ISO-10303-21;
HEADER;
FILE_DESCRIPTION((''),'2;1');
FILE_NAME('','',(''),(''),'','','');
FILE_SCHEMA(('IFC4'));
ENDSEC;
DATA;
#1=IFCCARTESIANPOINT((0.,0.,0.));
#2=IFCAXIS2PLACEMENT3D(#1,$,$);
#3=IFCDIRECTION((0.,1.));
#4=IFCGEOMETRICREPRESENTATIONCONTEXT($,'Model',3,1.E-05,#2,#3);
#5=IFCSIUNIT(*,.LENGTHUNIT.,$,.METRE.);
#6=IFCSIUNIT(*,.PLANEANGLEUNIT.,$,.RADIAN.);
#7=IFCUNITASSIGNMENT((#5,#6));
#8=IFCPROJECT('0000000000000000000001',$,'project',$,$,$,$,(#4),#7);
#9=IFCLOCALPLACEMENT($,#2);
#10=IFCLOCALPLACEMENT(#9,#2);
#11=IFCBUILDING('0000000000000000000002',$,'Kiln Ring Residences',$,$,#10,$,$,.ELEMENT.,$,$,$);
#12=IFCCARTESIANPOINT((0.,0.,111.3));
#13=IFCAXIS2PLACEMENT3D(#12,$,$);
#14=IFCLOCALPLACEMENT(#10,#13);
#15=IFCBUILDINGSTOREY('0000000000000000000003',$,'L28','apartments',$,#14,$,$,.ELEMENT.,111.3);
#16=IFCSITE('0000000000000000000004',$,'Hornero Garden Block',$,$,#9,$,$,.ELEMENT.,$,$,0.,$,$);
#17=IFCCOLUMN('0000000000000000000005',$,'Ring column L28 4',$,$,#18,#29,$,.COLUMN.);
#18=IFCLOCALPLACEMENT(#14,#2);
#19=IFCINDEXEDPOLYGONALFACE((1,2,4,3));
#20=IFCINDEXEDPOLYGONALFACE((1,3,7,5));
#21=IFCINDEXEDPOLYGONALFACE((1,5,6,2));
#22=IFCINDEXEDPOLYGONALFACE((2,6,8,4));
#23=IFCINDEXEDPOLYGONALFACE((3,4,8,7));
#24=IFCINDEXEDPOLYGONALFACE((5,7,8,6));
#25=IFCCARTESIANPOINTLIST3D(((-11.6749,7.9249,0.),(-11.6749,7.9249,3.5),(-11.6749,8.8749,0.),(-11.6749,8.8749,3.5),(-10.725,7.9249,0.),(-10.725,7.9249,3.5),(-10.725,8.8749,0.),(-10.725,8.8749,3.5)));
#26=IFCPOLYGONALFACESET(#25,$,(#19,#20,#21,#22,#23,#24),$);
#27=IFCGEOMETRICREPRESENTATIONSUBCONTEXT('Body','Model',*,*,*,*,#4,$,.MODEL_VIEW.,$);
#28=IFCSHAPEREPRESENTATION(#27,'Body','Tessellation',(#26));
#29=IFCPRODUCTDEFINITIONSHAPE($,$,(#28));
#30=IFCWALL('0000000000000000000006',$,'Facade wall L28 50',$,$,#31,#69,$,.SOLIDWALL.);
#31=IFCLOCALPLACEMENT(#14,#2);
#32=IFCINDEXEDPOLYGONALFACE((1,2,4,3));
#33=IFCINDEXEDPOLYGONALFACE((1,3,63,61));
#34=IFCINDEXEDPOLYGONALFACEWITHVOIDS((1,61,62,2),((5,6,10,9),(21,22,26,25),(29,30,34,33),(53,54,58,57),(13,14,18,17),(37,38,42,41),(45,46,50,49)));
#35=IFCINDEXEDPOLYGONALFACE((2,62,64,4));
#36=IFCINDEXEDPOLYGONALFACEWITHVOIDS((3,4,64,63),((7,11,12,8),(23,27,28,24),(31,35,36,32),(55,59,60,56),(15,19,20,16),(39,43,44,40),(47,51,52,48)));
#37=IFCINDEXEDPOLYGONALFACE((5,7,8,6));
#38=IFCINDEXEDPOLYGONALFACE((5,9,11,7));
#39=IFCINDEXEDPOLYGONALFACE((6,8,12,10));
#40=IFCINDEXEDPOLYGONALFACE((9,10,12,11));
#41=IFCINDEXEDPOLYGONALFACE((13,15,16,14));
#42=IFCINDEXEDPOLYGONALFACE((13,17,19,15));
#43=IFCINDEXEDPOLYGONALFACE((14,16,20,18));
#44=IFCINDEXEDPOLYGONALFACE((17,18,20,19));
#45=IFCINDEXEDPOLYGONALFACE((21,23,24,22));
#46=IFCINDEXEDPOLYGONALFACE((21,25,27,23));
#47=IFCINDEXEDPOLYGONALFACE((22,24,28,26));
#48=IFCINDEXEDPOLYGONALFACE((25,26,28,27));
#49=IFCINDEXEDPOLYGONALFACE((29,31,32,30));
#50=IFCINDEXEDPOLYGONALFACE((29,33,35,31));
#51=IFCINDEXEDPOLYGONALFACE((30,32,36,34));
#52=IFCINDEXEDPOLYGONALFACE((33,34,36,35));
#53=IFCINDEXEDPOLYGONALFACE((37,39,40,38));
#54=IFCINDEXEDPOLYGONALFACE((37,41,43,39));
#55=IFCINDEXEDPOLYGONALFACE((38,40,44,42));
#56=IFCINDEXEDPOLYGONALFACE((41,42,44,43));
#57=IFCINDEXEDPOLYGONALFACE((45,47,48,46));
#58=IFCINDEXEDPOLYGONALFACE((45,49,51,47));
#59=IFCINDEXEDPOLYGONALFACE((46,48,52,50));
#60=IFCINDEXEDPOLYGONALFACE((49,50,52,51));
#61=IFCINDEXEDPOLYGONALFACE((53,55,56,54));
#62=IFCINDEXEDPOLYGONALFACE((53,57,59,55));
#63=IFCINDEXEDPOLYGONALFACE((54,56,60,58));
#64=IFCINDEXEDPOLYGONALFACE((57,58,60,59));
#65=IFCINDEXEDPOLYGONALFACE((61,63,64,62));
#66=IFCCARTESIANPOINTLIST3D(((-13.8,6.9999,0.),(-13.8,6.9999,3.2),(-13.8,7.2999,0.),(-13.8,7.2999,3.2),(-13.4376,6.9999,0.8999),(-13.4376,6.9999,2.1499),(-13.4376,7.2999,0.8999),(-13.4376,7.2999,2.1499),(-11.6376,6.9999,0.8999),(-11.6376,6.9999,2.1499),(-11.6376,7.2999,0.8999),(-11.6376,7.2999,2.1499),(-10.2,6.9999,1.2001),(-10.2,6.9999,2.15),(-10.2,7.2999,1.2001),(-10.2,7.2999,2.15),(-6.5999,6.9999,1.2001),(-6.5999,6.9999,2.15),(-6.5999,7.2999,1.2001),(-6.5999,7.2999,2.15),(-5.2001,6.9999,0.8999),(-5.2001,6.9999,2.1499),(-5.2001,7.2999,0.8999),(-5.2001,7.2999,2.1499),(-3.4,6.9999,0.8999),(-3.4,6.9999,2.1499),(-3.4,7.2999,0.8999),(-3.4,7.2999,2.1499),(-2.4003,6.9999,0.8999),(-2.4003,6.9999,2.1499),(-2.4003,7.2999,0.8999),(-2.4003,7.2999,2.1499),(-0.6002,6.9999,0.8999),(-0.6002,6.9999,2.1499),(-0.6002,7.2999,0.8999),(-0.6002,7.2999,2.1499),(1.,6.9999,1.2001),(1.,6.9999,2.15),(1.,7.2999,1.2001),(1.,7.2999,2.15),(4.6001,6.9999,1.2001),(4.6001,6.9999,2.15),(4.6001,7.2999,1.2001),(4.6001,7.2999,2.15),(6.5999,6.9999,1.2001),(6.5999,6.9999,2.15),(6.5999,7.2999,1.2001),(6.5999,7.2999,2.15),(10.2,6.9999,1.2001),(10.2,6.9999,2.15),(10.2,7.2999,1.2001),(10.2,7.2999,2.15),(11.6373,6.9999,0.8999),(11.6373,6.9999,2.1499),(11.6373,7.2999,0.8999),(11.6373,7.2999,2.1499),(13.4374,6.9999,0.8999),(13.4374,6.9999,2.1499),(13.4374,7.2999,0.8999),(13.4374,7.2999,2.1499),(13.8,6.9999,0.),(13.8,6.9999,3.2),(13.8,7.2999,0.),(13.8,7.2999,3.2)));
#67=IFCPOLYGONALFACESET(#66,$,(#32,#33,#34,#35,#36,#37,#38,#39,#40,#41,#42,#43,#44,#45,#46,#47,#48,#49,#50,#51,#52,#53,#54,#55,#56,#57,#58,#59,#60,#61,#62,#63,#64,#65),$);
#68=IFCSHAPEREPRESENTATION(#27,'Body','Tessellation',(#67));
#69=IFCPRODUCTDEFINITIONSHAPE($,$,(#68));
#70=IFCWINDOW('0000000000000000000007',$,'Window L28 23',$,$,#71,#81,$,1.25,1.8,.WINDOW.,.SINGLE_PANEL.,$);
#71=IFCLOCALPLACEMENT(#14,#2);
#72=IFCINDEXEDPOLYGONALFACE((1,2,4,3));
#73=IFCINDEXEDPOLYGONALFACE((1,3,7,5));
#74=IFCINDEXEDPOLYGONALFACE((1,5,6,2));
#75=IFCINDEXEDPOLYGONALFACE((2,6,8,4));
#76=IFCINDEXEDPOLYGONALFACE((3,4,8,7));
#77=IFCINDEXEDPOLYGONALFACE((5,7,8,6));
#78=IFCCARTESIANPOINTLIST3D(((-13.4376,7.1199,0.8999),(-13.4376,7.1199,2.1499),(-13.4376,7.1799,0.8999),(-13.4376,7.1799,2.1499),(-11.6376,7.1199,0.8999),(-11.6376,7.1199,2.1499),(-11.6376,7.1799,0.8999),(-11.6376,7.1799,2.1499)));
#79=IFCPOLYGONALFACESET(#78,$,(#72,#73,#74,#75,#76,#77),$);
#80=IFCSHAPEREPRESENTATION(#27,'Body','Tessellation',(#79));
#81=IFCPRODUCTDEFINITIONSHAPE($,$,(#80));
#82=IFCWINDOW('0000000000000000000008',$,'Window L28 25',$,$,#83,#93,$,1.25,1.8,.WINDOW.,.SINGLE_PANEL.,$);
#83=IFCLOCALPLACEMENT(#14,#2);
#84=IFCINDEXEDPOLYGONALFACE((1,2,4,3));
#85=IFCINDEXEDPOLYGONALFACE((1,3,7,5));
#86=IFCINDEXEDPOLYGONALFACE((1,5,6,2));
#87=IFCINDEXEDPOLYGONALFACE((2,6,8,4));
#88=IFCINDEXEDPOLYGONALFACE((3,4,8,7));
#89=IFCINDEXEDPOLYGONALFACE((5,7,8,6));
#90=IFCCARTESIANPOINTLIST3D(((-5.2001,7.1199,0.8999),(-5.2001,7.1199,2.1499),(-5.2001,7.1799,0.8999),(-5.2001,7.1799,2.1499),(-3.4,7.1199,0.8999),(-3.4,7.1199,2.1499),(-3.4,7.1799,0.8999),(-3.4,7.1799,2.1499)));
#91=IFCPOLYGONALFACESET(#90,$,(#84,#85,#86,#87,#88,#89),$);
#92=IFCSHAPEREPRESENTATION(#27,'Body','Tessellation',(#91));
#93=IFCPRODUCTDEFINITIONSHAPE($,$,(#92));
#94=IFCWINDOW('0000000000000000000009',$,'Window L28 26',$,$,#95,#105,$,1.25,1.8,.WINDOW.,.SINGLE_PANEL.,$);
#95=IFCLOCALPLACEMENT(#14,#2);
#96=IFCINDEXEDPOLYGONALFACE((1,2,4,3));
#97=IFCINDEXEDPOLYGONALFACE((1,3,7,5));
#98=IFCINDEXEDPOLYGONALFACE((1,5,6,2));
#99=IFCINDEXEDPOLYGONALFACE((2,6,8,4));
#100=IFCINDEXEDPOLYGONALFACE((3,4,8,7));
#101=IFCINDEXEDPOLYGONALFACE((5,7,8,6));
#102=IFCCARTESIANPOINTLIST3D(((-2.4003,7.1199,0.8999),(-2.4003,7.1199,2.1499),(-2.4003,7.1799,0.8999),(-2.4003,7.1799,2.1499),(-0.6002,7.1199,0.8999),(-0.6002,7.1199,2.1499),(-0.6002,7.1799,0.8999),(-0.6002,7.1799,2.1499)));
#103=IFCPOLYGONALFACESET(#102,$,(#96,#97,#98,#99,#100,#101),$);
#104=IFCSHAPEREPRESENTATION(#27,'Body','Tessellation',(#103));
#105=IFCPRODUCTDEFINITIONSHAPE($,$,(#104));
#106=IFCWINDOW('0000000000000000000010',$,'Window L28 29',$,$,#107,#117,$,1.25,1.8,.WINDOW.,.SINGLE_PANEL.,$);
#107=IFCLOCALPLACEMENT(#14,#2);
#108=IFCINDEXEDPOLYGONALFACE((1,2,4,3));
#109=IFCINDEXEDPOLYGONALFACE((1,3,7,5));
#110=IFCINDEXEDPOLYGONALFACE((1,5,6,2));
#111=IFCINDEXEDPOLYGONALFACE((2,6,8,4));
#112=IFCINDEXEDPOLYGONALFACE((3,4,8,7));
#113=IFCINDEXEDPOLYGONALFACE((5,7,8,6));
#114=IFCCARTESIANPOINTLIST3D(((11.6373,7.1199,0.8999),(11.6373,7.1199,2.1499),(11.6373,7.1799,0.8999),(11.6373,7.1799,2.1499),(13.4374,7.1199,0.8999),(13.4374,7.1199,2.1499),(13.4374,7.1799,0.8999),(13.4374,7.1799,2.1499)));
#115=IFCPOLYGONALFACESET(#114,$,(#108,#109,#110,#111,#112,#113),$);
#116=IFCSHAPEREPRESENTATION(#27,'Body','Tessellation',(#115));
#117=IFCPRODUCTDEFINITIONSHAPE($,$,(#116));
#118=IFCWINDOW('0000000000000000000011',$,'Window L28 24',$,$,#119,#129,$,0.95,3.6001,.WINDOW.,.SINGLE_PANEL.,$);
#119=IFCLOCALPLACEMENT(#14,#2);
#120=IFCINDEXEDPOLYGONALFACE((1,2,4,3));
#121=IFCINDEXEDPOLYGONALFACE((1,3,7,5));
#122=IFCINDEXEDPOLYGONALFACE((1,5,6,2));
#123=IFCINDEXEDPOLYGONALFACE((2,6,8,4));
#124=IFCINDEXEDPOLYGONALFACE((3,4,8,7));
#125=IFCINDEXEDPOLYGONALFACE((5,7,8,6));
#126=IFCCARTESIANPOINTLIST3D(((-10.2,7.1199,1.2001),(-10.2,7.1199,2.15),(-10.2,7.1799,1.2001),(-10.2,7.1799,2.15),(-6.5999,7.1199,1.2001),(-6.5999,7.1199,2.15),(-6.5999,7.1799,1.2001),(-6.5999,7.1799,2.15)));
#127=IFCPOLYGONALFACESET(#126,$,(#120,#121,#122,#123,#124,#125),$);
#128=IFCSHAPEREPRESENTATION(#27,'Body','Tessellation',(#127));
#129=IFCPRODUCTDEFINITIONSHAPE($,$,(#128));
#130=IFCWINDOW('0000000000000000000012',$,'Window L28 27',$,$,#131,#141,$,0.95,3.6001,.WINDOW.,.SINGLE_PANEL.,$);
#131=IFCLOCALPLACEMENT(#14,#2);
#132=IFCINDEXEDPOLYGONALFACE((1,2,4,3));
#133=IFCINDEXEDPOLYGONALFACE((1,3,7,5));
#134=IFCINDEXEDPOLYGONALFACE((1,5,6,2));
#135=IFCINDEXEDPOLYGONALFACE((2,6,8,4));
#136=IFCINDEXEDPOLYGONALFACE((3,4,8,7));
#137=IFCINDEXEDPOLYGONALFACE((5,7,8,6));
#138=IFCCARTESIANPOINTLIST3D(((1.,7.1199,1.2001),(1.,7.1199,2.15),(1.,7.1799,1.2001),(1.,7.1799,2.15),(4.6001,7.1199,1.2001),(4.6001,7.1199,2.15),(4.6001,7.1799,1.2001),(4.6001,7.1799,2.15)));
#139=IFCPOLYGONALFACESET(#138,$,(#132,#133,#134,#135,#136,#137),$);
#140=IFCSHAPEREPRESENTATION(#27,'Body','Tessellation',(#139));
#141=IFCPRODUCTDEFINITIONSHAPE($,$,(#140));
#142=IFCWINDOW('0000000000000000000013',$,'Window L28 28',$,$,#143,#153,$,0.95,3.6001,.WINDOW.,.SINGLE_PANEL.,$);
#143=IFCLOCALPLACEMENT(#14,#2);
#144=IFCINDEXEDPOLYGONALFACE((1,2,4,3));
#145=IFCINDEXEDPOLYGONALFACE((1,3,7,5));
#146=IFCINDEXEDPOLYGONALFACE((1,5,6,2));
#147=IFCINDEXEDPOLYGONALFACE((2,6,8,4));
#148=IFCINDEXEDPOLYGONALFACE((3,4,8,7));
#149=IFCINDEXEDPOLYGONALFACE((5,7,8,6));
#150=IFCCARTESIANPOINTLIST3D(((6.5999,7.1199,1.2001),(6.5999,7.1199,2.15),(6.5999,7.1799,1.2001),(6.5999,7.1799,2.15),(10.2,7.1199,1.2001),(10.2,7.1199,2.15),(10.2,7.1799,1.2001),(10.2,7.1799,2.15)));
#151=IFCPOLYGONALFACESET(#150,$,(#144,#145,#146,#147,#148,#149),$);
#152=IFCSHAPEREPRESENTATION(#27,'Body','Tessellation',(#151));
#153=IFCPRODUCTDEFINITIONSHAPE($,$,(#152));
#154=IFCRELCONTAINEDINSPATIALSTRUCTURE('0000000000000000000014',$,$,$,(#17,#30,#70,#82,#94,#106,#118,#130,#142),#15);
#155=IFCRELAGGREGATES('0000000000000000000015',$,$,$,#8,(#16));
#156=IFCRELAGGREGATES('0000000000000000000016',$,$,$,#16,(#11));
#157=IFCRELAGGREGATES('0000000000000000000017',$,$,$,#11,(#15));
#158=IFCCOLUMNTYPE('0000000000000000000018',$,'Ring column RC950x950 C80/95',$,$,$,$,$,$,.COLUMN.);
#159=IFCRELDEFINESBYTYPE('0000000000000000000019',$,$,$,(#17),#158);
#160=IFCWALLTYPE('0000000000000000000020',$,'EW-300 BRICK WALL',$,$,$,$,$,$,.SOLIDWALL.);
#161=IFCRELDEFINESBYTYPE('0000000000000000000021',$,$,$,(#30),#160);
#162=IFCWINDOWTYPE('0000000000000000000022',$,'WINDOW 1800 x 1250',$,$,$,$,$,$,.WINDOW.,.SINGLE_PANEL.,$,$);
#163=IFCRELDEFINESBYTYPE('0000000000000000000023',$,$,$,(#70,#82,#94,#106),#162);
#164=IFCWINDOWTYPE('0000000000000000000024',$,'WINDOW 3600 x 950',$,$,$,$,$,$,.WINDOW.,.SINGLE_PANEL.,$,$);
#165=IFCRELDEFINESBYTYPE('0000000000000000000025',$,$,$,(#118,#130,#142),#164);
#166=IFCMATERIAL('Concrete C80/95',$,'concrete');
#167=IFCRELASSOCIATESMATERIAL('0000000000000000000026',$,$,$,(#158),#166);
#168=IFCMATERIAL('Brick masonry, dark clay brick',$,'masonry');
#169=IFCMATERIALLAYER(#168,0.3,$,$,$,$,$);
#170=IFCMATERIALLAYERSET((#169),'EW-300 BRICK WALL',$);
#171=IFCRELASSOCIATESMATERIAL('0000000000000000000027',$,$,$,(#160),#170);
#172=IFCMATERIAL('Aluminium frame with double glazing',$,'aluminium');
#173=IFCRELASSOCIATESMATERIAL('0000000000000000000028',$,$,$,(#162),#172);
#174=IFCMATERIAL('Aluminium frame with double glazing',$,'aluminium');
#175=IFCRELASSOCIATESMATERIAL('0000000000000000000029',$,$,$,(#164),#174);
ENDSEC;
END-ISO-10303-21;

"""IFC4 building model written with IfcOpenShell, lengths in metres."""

from ifc_helpers import new_model, si_unit, direction, frame, frame_2d, origin, origin_2d, place, context, subcontext, project, spatial, rectangle, extrude, material, layer, layer_set, material_profile, profile_set, type_object, element, fill, save


model = new_model("IFC4")

# Units and contexts
model_context = context("Model", 3, precision=1e-05, world=origin(), true_north=direction((0.0, 1.0)))
body_context = subcontext(model_context, "Body", "Model", "MODEL_VIEW")
ifc_project = project(units=[si_unit("LENGTHUNIT", "METRE"), si_unit("PLANEANGLEUNIT", "RADIAN")], contexts=[model_context])

# Site, building, storey
site_placement = place(None, origin())
site = spatial("IfcSite", under=ifc_project, at=site_placement, Name="Hornero Garden Block", CompositionType="ELEMENT", RefElevation=0.0)
building_placement = place(site_placement, origin())
building = spatial("IfcBuilding", under=site, at=building_placement, Name="Kiln Ring Residences", CompositionType="ELEMENT")
storey_placement = place(building_placement, frame((0.0, 0.0, 111.3)))
storey = spatial("IfcBuildingStorey", under=building, at=storey_placement, Name="L28", Description="apartments", CompositionType="ELEMENT", Elevation=111.3)

# Column
ifc_material_1 = material(Name="Concrete C80/95", Category="concrete")
ifc_material_profile = material_profile(ifc_material_1, rectangle(XDim=0.95, YDim=0.95, at=origin_2d()), Name="RC950x950")
ifc_profile_set = profile_set([ifc_material_profile], Name="Concrete C80/95")
column_type = type_object("IfcColumnType", Name="Ring column RC950x950 C80/95", PredefinedType="COLUMN", material=ifc_profile_set)
column_placement = place(storey_placement, frame((-11.2, 8.3999, 0.0), z_axis=(0.0, 0.0, 1.0), x_axis=(1.0, 0.0, 0.0)))
element("IfcColumn", 1, at=column_placement, inside=storey, type_object=column_type, Name="Ring column L28 4", PredefinedType="COLUMN", context=body_context, shape_type="SweptSolid", body=[
    extrude(rectangle(XDim=0.95, YDim=0.95, at=origin_2d()), origin(), (0.0, 0.0, 1.0), 3.5),
])

# Wall, openings, windows
ifc_material_2 = material(Name="Brick masonry, dark clay brick", Category="masonry")
ifc_layer_1 = layer(ifc_material_2, 0.3)
ifc_layer_set_1 = layer_set([ifc_layer_1], Name="EW-300 BRICK WALL")
wall_type_1 = type_object("IfcWallType", Name="EW-300 BRICK WALL", PredefinedType="SOLIDWALL", material=ifc_layer_set_1)
wall_1_placement = place(storey_placement, frame((-13.8, 7.1499, 0.0), z_axis=(0.0, 0.0, 1.0), x_axis=(1.0, 0.0, 0.0)))
wall_1 = element("IfcWall", 2, at=wall_1_placement, inside=storey, type_object=wall_type_1, Name="Facade wall L28 50", PredefinedType="SOLIDWALL", context=body_context, shape_type="SweptSolid", body=[
    extrude(rectangle(XDim=27.6001, YDim=0.3, at=frame_2d((13.8, 0.0))), origin(), (0.0, 0.0, 1.0), 3.2),
])
opening_1_placement = place(wall_1_placement, frame((0.3625, 0.0, 0.8999)))
opening_1 = element("IfcOpeningElement", 3, at=opening_1_placement, cuts=wall_1, PredefinedType="OPENING", context=body_context, shape_type="SweptSolid", body=[
    extrude(rectangle(XDim=1.8, YDim=1.25, at=frame_2d((0.8999, 0.625))), frame((0.0, 0.1599, 0.0), z_axis=(0.0, -1.0, 0.0), x_axis=(1.0, 0.0, 0.0)), (0.0, 0.0, 1.0), 0.3201),
])
opening_2_placement = place(wall_1_placement, frame((3.6001, 0.0, 1.2)))
opening_2 = element("IfcOpeningElement", 4, at=opening_2_placement, cuts=wall_1, PredefinedType="OPENING", context=body_context, shape_type="SweptSolid", body=[
    extrude(rectangle(XDim=3.6001, YDim=0.95, at=frame_2d((1.8, 0.4751))), frame((0.0, 0.1599, 0.0), z_axis=(0.0, -1.0, 0.0), x_axis=(1.0, 0.0, 0.0)), (0.0, 0.0, 1.0), 0.3201),
])
opening_3_placement = place(wall_1_placement, frame((8.6001, 0.0, 0.8999)))
opening_3 = element("IfcOpeningElement", 5, at=opening_3_placement, cuts=wall_1, PredefinedType="OPENING", context=body_context, shape_type="SweptSolid", body=[
    extrude(rectangle(XDim=1.8, YDim=1.25, at=frame_2d((0.8999, 0.625))), frame((0.0, 0.1599, 0.0), z_axis=(0.0, -1.0, 0.0), x_axis=(1.0, 0.0, 0.0)), (0.0, 0.0, 1.0), 0.3201),
])
opening_4_placement = place(wall_1_placement, frame((11.3999, 0.0, 0.8999)))
opening_4 = element("IfcOpeningElement", 6, at=opening_4_placement, cuts=wall_1, PredefinedType="OPENING", context=body_context, shape_type="SweptSolid", body=[
    extrude(rectangle(XDim=1.8, YDim=1.25, at=frame_2d((0.8999, 0.625))), frame((0.0, 0.1599, 0.0), z_axis=(0.0, -1.0, 0.0), x_axis=(1.0, 0.0, 0.0)), (0.0, 0.0, 1.0), 0.3201),
])
opening_5_placement = place(wall_1_placement, frame((14.8, 0.0, 1.2)))
opening_5 = element("IfcOpeningElement", 7, at=opening_5_placement, cuts=wall_1, PredefinedType="OPENING", context=body_context, shape_type="SweptSolid", body=[
    extrude(rectangle(XDim=3.6001, YDim=0.95, at=frame_2d((1.8, 0.4751))), frame((0.0, 0.1599, 0.0), z_axis=(0.0, -1.0, 0.0), x_axis=(1.0, 0.0, 0.0)), (0.0, 0.0, 1.0), 0.3201),
])
opening_6_placement = place(wall_1_placement, frame((20.3999, 0.0, 1.2)))
opening_6 = element("IfcOpeningElement", 8, at=opening_6_placement, cuts=wall_1, PredefinedType="OPENING", context=body_context, shape_type="SweptSolid", body=[
    extrude(rectangle(XDim=3.6001, YDim=0.95, at=frame_2d((1.8, 0.4751))), frame((0.0, 0.1599, 0.0), z_axis=(0.0, -1.0, 0.0), x_axis=(1.0, 0.0, 0.0)), (0.0, 0.0, 1.0), 0.3201),
])
opening_7_placement = place(wall_1_placement, frame((25.4375, 0.0, 0.8999)))
opening_7 = element("IfcOpeningElement", 9, at=opening_7_placement, cuts=wall_1, PredefinedType="OPENING", context=body_context, shape_type="SweptSolid", body=[
    extrude(rectangle(XDim=1.8, YDim=1.25, at=frame_2d((0.8999, 0.625))), frame((0.0, 0.1599, 0.0), z_axis=(0.0, -1.0, 0.0), x_axis=(1.0, 0.0, 0.0)), (0.0, 0.0, 1.0), 0.3201),
])
ifc_material_3 = material(Name="Aluminium frame with double glazing", Category="aluminium")
window_type_1 = type_object("IfcWindowType", Name="WINDOW 1800 x 1250", PartitioningType="SINGLE_PANEL", PredefinedType="WINDOW", material=ifc_material_3)
window_1_placement = place(opening_1_placement, origin())
window_1 = element("IfcWindow", 10, at=window_1_placement, inside=storey, type_object=window_type_1, Name="Window L28 23", OverallHeight=1.25, OverallWidth=1.8, PartitioningType="SINGLE_PANEL", PredefinedType="WINDOW", context=body_context, shape_type="SweptSolid", body=[
    extrude(rectangle(XDim=1.8, YDim=1.25, at=frame_2d((0.8999, 0.625))), frame((0.0, 0.03, 0.0), z_axis=(0.0, -1.0, 0.0), x_axis=(1.0, 0.0, 0.0)), (0.0, 0.0, 1.0), 0.0601),
])
fill(opening_1, window_1)
window_2_placement = place(opening_3_placement, origin())
window_2 = element("IfcWindow", 11, at=window_2_placement, inside=storey, type_object=window_type_1, Name="Window L28 25", OverallHeight=1.25, OverallWidth=1.8, PartitioningType="SINGLE_PANEL", PredefinedType="WINDOW", context=body_context, shape_type="SweptSolid", body=[
    extrude(rectangle(XDim=1.8, YDim=1.25, at=frame_2d((0.8999, 0.625))), frame((0.0, 0.03, 0.0), z_axis=(0.0, -1.0, 0.0), x_axis=(1.0, 0.0, 0.0)), (0.0, 0.0, 1.0), 0.0601),
])
fill(opening_3, window_2)
window_3_placement = place(opening_4_placement, origin())
window_3 = element("IfcWindow", 12, at=window_3_placement, inside=storey, type_object=window_type_1, Name="Window L28 26", OverallHeight=1.25, OverallWidth=1.8, PartitioningType="SINGLE_PANEL", PredefinedType="WINDOW", context=body_context, shape_type="SweptSolid", body=[
    extrude(rectangle(XDim=1.8, YDim=1.25, at=frame_2d((0.8999, 0.625))), frame((0.0, 0.03, 0.0), z_axis=(0.0, -1.0, 0.0), x_axis=(1.0, 0.0, 0.0)), (0.0, 0.0, 1.0), 0.0601),
])
fill(opening_4, window_3)
window_4_placement = place(opening_7_placement, origin())
window_4 = element("IfcWindow", 13, at=window_4_placement, inside=storey, type_object=window_type_1, Name="Window L28 29", OverallHeight=1.25, OverallWidth=1.8, PartitioningType="SINGLE_PANEL", PredefinedType="WINDOW", context=body_context, shape_type="SweptSolid", body=[
    extrude(rectangle(XDim=1.8, YDim=1.25, at=frame_2d((0.8999, 0.625))), frame((0.0, 0.03, 0.0), z_axis=(0.0, -1.0, 0.0), x_axis=(1.0, 0.0, 0.0)), (0.0, 0.0, 1.0), 0.0601),
])
fill(opening_7, window_4)
ifc_material_4 = material(Name="Aluminium frame with double glazing", Category="aluminium")
window_type_2 = type_object("IfcWindowType", Name="WINDOW 3600 x 950", PartitioningType="SINGLE_PANEL", PredefinedType="WINDOW", material=ifc_material_4)
window_5_placement = place(opening_2_placement, origin())
window_5 = element("IfcWindow", 14, at=window_5_placement, inside=storey, type_object=window_type_2, Name="Window L28 24", OverallHeight=0.95, OverallWidth=3.6001, PartitioningType="SINGLE_PANEL", PredefinedType="WINDOW", context=body_context, shape_type="SweptSolid", body=[
    extrude(rectangle(XDim=3.6001, YDim=0.95, at=frame_2d((1.8, 0.4751))), frame((0.0, 0.03, 0.0), z_axis=(0.0, -1.0, 0.0), x_axis=(1.0, 0.0, 0.0)), (0.0, 0.0, 1.0), 0.0601),
])
fill(opening_2, window_5)
window_6_placement = place(opening_5_placement, origin())
window_6 = element("IfcWindow", 15, at=window_6_placement, inside=storey, type_object=window_type_2, Name="Window L28 27", OverallHeight=0.95, OverallWidth=3.6001, PartitioningType="SINGLE_PANEL", PredefinedType="WINDOW", context=body_context, shape_type="SweptSolid", body=[
    extrude(rectangle(XDim=3.6001, YDim=0.95, at=frame_2d((1.8, 0.4751))), frame((0.0, 0.03, 0.0), z_axis=(0.0, -1.0, 0.0), x_axis=(1.0, 0.0, 0.0)), (0.0, 0.0, 1.0), 0.0601),
])
fill(opening_5, window_6)
window_7_placement = place(opening_6_placement, origin())
window_7 = element("IfcWindow", 16, at=window_7_placement, inside=storey, type_object=window_type_2, Name="Window L28 28", OverallHeight=0.95, OverallWidth=3.6001, PartitioningType="SINGLE_PANEL", PredefinedType="WINDOW", context=body_context, shape_type="SweptSolid", body=[
    extrude(rectangle(XDim=3.6001, YDim=0.95, at=frame_2d((1.8, 0.4751))), frame((0.0, 0.03, 0.0), z_axis=(0.0, -1.0, 0.0), x_axis=(1.0, 0.0, 0.0)), (0.0, 0.0, 1.0), 0.0601),
])
fill(opening_6, window_7)

save(model, "model.ifc")
